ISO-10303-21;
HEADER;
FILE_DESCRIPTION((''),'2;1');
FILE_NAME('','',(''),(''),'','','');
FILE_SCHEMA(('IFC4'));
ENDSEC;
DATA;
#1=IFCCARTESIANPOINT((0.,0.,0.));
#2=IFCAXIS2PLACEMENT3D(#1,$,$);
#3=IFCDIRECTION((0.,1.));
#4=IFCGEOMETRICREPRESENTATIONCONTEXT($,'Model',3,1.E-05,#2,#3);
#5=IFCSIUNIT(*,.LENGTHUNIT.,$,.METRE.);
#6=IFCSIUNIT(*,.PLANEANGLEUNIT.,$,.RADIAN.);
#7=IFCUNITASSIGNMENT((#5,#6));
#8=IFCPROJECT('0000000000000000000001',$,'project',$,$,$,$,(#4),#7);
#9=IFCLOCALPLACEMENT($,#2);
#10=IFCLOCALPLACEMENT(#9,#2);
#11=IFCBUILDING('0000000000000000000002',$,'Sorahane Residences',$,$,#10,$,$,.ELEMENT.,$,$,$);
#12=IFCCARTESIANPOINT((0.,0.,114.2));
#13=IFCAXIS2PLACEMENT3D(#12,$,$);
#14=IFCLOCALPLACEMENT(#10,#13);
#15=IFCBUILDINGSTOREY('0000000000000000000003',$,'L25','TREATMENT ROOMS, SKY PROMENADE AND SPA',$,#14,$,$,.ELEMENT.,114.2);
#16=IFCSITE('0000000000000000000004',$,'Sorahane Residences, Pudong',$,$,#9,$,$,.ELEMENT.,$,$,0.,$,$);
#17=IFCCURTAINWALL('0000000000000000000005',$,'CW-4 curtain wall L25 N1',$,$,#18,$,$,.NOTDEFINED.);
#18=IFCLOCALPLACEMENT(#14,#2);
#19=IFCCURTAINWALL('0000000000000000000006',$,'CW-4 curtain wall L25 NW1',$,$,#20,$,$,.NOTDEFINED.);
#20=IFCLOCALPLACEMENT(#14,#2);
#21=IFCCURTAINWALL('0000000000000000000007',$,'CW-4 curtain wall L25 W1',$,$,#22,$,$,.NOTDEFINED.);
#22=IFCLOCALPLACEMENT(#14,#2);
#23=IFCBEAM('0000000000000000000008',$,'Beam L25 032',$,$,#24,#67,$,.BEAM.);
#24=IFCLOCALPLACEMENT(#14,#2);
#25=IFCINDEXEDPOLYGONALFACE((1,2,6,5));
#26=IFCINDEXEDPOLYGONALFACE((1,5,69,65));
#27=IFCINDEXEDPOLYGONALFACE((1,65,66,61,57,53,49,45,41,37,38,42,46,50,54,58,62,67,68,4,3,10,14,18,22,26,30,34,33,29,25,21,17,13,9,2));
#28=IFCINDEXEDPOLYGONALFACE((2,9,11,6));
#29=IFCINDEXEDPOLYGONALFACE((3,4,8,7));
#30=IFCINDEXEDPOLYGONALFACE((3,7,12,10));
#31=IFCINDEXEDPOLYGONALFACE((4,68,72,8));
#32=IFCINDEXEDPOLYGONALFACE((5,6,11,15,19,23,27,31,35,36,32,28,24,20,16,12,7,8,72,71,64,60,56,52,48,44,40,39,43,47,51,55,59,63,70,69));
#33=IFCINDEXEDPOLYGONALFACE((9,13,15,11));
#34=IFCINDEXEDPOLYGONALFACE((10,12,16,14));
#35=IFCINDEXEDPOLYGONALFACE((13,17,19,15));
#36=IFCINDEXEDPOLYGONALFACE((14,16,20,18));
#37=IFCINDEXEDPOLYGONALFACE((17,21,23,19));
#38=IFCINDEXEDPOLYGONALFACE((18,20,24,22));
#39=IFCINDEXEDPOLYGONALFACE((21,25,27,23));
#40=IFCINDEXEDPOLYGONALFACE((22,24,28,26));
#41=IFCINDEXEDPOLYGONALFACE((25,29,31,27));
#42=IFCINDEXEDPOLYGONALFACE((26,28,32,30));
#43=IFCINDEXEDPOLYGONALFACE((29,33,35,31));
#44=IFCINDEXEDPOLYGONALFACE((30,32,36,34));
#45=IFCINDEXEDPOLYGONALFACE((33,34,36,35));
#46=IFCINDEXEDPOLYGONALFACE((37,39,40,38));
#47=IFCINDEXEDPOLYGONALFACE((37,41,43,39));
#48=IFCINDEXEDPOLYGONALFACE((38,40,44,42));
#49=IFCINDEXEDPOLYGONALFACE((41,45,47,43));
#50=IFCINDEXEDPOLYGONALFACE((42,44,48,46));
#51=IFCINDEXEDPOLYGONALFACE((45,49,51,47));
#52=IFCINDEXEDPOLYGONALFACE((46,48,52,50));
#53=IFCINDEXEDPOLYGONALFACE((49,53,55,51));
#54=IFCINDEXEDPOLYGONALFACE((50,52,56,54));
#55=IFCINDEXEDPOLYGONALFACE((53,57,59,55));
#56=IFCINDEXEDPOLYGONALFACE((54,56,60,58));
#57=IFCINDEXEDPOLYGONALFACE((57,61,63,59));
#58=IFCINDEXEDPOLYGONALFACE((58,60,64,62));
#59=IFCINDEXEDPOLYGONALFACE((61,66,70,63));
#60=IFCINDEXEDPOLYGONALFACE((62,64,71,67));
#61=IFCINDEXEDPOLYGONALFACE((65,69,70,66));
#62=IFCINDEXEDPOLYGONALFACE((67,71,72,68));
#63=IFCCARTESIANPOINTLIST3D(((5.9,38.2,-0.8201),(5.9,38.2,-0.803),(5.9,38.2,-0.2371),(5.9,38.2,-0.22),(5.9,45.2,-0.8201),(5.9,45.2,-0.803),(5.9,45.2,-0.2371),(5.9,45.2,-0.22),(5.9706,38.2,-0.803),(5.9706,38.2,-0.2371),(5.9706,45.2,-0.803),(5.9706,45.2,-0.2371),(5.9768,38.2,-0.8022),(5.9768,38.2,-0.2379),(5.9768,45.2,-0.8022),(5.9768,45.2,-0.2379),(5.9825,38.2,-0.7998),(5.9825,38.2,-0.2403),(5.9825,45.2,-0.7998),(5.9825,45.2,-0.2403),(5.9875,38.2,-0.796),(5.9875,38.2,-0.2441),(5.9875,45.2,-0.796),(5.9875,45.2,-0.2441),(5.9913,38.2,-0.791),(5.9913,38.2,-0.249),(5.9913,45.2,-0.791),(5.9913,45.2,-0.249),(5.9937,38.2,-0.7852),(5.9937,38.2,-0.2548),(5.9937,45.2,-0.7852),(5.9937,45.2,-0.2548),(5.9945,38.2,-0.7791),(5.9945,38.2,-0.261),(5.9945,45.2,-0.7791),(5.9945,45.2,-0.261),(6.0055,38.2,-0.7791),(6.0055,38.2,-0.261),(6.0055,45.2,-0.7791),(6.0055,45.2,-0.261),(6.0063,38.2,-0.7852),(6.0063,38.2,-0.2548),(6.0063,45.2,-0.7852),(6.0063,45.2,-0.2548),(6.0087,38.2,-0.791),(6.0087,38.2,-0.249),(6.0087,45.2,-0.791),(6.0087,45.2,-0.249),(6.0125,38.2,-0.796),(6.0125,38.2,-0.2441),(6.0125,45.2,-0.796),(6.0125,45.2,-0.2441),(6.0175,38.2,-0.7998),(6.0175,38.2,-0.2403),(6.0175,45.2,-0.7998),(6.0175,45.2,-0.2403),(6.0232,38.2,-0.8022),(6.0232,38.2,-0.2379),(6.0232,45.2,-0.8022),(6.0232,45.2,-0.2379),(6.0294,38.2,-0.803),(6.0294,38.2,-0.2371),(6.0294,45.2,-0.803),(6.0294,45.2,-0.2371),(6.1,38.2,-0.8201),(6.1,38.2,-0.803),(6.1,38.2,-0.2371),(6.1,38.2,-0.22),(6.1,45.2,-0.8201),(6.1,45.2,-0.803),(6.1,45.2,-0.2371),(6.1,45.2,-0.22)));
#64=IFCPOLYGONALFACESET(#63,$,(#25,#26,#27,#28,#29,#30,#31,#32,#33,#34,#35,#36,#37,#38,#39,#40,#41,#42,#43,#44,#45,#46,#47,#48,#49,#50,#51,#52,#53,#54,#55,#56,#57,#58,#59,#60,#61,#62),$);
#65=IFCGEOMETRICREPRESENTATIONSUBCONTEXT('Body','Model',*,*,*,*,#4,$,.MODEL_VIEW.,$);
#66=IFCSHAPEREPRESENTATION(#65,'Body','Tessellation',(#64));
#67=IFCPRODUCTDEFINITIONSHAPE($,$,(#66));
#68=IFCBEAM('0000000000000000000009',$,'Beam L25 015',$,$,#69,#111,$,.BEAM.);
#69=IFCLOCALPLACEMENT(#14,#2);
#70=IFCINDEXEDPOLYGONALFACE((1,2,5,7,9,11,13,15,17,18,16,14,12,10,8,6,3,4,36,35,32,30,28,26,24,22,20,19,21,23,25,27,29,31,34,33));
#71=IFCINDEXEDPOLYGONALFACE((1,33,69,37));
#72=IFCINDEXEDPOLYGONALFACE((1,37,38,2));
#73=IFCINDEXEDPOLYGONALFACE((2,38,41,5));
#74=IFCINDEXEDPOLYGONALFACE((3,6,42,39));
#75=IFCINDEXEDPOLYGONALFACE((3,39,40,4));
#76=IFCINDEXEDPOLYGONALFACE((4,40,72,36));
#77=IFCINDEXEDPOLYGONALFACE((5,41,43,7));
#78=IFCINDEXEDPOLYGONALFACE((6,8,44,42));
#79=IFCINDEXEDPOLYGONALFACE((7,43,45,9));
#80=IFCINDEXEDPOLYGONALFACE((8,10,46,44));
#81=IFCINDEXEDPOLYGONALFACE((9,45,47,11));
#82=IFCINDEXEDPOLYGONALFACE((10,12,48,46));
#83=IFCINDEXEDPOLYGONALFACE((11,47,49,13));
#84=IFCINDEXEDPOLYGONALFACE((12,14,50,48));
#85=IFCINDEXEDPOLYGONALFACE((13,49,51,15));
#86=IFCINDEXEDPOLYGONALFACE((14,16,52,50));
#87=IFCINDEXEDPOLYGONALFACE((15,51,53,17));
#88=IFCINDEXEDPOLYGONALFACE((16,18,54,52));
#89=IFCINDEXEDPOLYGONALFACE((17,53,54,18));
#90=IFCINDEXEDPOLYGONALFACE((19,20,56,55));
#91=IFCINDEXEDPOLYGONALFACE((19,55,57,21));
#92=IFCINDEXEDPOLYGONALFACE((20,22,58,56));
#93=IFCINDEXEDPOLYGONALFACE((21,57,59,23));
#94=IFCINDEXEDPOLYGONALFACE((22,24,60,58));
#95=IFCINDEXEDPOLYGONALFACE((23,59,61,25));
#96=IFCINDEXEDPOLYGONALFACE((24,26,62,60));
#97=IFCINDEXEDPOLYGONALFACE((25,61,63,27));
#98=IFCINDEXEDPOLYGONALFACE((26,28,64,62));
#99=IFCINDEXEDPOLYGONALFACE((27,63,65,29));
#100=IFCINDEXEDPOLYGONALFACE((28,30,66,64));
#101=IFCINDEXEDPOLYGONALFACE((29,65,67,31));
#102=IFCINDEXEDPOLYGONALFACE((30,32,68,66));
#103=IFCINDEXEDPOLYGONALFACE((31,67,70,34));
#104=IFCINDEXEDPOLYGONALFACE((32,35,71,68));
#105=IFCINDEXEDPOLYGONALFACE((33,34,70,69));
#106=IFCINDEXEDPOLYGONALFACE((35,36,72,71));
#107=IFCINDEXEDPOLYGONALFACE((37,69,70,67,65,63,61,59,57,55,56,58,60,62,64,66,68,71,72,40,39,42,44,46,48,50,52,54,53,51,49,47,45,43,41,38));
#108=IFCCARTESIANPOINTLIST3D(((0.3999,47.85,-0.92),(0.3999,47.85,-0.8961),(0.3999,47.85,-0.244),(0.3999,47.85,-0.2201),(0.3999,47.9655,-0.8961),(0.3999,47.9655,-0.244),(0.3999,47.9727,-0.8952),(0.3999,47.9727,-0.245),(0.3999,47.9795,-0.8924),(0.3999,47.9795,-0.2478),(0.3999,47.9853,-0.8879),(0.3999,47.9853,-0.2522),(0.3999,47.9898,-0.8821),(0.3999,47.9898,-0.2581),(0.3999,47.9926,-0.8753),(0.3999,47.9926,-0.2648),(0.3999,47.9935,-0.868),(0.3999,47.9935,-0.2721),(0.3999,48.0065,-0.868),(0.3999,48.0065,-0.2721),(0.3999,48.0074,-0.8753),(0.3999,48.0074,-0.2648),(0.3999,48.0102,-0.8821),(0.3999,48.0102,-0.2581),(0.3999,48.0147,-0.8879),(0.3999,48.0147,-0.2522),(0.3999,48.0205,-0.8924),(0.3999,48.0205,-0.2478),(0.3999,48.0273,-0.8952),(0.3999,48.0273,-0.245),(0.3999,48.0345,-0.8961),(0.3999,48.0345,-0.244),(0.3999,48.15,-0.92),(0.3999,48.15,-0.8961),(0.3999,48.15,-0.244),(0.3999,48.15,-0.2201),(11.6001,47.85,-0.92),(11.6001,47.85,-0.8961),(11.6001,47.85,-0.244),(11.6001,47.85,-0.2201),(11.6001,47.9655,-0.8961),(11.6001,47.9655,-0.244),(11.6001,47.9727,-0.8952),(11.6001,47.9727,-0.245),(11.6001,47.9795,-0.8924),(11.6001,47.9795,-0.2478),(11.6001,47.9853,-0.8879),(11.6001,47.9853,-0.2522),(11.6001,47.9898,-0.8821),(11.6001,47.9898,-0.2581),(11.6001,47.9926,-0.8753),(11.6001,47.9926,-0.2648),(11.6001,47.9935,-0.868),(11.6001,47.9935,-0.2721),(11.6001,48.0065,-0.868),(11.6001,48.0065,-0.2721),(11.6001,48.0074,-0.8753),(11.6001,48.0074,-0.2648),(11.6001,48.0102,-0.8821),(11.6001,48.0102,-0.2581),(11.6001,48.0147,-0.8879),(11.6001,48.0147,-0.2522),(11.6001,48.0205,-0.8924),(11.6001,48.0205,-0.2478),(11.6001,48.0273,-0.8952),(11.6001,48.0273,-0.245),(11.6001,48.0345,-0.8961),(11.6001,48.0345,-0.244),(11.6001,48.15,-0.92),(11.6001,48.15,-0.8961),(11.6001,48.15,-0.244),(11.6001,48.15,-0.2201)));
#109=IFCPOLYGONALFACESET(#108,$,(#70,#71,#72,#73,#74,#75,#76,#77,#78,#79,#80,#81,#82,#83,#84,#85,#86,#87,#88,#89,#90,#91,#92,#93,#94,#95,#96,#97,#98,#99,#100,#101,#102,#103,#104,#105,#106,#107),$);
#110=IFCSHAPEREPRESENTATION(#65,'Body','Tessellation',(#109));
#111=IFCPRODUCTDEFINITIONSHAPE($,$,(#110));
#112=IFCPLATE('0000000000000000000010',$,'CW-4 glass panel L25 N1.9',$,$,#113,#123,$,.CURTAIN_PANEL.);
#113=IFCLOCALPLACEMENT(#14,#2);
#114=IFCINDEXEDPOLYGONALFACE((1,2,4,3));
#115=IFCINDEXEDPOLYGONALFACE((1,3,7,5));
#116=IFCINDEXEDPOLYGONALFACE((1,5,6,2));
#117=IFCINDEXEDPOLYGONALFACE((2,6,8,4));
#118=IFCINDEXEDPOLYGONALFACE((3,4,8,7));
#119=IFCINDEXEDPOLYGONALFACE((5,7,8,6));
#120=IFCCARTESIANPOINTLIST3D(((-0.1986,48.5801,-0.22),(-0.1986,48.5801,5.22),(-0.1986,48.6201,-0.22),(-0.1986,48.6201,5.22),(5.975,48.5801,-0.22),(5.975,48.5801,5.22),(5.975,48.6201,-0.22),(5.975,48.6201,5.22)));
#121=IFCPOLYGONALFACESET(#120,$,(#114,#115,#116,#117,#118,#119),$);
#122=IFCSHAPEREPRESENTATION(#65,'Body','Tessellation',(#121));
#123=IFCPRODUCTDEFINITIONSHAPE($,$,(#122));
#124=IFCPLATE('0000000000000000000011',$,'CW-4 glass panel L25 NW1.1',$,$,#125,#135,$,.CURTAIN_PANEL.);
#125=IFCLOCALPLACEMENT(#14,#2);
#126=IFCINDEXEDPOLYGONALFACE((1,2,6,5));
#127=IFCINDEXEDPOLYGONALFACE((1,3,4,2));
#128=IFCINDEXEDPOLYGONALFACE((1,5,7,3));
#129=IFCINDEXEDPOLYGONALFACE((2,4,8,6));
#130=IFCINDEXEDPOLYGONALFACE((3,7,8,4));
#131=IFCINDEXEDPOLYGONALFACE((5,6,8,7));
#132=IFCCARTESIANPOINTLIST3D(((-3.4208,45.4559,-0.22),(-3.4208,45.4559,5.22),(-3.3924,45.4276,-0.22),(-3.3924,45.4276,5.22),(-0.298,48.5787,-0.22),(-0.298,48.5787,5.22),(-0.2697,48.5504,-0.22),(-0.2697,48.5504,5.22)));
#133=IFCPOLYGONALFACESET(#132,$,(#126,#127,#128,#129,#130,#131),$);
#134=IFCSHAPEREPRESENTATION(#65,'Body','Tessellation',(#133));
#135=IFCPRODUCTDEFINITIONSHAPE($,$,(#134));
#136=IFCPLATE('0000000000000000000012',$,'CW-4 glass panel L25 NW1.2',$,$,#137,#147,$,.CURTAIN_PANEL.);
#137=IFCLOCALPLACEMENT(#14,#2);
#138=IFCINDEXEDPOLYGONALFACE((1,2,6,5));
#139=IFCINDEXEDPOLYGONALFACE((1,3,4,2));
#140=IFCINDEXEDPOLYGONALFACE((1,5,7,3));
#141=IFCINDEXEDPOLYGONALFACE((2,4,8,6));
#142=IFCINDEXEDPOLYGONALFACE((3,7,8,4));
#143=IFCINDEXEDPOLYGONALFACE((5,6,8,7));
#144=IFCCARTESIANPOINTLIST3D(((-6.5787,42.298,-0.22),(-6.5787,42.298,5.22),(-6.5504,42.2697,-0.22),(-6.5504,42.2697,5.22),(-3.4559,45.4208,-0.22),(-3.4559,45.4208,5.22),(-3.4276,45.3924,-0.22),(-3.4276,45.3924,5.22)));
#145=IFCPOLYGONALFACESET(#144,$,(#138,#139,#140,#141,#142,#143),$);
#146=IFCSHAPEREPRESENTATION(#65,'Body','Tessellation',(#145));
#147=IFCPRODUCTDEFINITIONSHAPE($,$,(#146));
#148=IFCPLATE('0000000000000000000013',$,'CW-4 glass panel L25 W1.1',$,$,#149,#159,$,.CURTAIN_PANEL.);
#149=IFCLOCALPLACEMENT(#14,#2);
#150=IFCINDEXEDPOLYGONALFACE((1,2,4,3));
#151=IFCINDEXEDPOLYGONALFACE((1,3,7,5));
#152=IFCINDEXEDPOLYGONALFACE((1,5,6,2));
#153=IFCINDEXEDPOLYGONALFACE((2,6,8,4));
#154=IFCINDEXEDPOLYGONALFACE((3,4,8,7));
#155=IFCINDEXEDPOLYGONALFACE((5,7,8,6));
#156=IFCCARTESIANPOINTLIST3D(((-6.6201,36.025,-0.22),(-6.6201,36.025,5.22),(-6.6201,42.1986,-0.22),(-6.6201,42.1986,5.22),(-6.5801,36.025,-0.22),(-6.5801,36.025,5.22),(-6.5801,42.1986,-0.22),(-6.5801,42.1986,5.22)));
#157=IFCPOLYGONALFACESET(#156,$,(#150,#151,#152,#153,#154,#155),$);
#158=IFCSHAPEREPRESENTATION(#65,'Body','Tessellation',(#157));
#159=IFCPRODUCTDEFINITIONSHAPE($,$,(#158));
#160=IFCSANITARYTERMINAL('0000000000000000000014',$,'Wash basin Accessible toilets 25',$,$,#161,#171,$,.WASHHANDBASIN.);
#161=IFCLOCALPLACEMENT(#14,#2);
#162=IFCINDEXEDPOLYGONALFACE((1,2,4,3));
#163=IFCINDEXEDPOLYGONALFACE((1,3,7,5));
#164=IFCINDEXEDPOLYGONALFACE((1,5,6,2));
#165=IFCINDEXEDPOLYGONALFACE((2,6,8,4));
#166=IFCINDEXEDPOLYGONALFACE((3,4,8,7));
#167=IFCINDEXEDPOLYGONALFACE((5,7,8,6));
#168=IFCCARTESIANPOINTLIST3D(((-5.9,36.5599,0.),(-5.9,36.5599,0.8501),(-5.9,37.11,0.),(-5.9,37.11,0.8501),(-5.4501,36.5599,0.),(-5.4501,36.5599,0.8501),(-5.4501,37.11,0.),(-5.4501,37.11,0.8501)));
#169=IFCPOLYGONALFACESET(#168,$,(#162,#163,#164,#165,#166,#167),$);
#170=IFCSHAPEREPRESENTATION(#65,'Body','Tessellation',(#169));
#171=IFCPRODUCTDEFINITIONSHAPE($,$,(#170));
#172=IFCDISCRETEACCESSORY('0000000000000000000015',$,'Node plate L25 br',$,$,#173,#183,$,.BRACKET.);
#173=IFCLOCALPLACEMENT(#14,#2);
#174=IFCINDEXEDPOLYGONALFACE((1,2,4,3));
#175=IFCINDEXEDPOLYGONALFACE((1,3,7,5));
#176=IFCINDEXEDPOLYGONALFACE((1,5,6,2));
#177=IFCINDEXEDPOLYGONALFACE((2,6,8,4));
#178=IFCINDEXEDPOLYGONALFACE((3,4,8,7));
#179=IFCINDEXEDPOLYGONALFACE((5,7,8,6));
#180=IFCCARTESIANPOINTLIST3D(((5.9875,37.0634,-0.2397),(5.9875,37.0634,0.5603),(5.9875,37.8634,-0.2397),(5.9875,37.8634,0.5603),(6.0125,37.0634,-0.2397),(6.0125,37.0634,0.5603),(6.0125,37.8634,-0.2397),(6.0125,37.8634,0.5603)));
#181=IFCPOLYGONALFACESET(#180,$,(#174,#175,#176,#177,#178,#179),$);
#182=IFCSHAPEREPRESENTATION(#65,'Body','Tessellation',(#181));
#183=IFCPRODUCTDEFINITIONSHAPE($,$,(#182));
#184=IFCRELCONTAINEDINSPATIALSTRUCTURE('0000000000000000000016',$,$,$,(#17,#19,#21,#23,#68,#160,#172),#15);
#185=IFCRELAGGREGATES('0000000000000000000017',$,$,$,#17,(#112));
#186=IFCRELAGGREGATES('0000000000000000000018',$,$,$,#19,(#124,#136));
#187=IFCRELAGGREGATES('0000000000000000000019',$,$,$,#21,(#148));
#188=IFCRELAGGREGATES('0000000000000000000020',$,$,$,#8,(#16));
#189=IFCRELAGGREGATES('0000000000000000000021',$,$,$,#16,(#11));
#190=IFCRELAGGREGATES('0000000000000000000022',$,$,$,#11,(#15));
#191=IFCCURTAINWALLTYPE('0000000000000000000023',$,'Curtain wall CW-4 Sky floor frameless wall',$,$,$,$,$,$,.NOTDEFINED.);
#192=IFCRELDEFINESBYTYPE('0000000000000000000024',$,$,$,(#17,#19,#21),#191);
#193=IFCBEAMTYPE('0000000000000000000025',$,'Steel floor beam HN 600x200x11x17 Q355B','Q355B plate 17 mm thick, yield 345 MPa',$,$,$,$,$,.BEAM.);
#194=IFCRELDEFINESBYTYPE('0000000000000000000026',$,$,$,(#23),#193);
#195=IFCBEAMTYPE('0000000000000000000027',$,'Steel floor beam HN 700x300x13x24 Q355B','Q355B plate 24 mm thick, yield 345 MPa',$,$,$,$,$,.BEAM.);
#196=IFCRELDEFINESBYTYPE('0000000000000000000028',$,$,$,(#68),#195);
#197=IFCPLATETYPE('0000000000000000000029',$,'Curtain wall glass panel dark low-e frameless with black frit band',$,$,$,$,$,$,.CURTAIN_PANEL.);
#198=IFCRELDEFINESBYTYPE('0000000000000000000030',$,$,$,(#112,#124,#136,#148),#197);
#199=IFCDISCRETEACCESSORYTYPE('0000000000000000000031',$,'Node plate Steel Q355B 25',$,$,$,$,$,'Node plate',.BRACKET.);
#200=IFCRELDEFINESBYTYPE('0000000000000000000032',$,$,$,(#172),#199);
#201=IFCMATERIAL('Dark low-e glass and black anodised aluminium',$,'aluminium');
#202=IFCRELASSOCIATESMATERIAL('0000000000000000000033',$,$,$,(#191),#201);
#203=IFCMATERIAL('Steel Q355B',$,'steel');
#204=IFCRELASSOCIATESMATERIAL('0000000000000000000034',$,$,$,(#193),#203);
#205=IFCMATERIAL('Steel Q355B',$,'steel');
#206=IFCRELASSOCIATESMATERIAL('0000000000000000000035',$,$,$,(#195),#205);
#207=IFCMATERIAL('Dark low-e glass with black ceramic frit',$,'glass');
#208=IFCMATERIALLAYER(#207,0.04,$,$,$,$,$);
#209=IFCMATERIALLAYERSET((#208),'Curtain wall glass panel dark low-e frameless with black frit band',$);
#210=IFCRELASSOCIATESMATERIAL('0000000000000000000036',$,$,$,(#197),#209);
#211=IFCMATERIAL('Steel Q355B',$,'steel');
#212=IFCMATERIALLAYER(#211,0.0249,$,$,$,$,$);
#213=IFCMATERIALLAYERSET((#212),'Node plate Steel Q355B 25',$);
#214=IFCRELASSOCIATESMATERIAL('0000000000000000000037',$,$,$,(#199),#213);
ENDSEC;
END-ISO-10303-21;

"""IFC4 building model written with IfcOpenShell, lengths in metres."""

from ifc_helpers import new_model, si_unit, direction, frame, origin, origin_2d, place, context, subcontext, project, spatial, rectangle, i_section, extrude, material, layer, layer_set, material_profile, profile_set, type_object, element, aggregate, save


model = new_model("IFC4")

# Units and contexts
model_context = context("Model", 3, precision=1e-05, world=origin(), true_north=direction((0.0, 1.0)))
body_context = subcontext(model_context, "Body", "Model", "MODEL_VIEW")
ifc_project = project(units=[si_unit("LENGTHUNIT", "METRE"), si_unit("PLANEANGLEUNIT", "RADIAN")], contexts=[model_context])

# Site, building, storey
site_placement = place(None, origin())
site = spatial("IfcSite", under=ifc_project, at=site_placement, Name="Sorahane Residences, Pudong", CompositionType="ELEMENT", RefElevation=0.0)
building_placement = place(site_placement, origin())
building = spatial("IfcBuilding", under=site, at=building_placement, Name="Sorahane Residences", CompositionType="ELEMENT")
storey_placement = place(building_placement, frame((0.0, 0.0, 114.2)))
storey = spatial("IfcBuildingStorey", under=building, at=storey_placement, Name="L25", Description="TREATMENT ROOMS, SKY PROMENADE AND SPA", CompositionType="ELEMENT", Elevation=114.2)

# Curtain walls
ifc_material_1 = material(Name="Dark low-e glass and black anodised aluminium", Category="aluminium")
curtain_wall_type = type_object("IfcCurtainWallType", Name="Curtain wall CW-4 Sky floor frameless wall", PredefinedType="NOTDEFINED", material=ifc_material_1)
curtain_wall_1_placement = place(storey_placement, origin())
curtain_wall_1 = element("IfcCurtainWall", 1, at=curtain_wall_1_placement, inside=storey, type_object=curtain_wall_type, Name="CW-4 curtain wall L25 N1", PredefinedType="NOTDEFINED")
curtain_wall_2_placement = place(storey_placement, origin())
curtain_wall_2 = element("IfcCurtainWall", 2, at=curtain_wall_2_placement, inside=storey, type_object=curtain_wall_type, Name="CW-4 curtain wall L25 NW1", PredefinedType="NOTDEFINED")

# Curtain wall
curtain_wall_3_placement = place(storey_placement, origin())
curtain_wall_3 = element("IfcCurtainWall", 3, at=curtain_wall_3_placement, inside=storey, type_object=curtain_wall_type, Name="CW-4 curtain wall L25 W1", PredefinedType="NOTDEFINED")

# Beams
ifc_material_2 = material(Name="Steel Q355B", Category="steel")
ifc_material_profile_1 = material_profile(ifc_material_2, i_section(OverallWidth=0.2, OverallDepth=0.6001, WebThickness=0.011, FlangeThickness=0.0171, FilletRadius=0.0239, at=origin_2d()), Name="HN 600x200x11x17")
ifc_profile_set_1 = profile_set([ifc_material_profile_1], Name="Steel Q355B")
beam_type_1 = type_object("IfcBeamType", Name="Steel floor beam HN 600x200x11x17 Q355B", Description="Q355B plate 17 mm thick, yield 345 MPa", PredefinedType="BEAM", material=ifc_profile_set_1)
beam_1_placement = place(storey_placement, frame((6.0, 38.2, -0.52), z_axis=(0.0, 1.0, 0.0), x_axis=(-1.0, 0.0, 0.0)))
element("IfcBeam", 4, at=beam_1_placement, inside=storey, type_object=beam_type_1, Name="Beam L25 032", PredefinedType="BEAM", context=body_context, shape_type="SweptSolid", body=[
    extrude(i_section(OverallWidth=0.2, OverallDepth=0.6001, WebThickness=0.011, FlangeThickness=0.0171, FilletRadius=0.0239, at=origin_2d()), origin(), (0.0, 0.0, 1.0), 7.0),
])
ifc_material_3 = material(Name="Steel Q355B", Category="steel")
ifc_material_profile_2 = material_profile(ifc_material_3, i_section(OverallWidth=0.3, OverallDepth=0.7, WebThickness=0.0129, FlangeThickness=0.0239, FilletRadius=0.0281, at=origin_2d()), Name="HN 700x300x13x24")
ifc_profile_set_2 = profile_set([ifc_material_profile_2], Name="Steel Q355B")
beam_type_2 = type_object("IfcBeamType", Name="Steel floor beam HN 700x300x13x24 Q355B", Description="Q355B plate 24 mm thick, yield 345 MPa", PredefinedType="BEAM", material=ifc_profile_set_2)
beam_2_placement = place(storey_placement, frame((0.3999, 48.0, -0.5701), z_axis=(1.0, 0.0, 0.0), x_axis=(0.0, 1.0, 0.0)))
element("IfcBeam", 5, at=beam_2_placement, inside=storey, type_object=beam_type_2, Name="Beam L25 015", PredefinedType="BEAM", context=body_context, shape_type="SweptSolid", body=[
    extrude(i_section(OverallWidth=0.3, OverallDepth=0.7, WebThickness=0.0129, FlangeThickness=0.0239, FilletRadius=0.0281, at=origin_2d()), origin(), (0.0, 0.0, 1.0), 11.2002),
])

# Plates
ifc_material_4 = material(Name="Dark low-e glass with black ceramic frit", Category="glass")
ifc_layer_1 = layer(ifc_material_4, 0.04)
ifc_layer_set_1 = layer_set([ifc_layer_1], Name="Curtain wall glass panel dark low-e frameless with black frit band")
plate_type = type_object("IfcPlateType", Name="Curtain wall glass panel dark low-e frameless with black frit band", PredefinedType="CURTAIN_PANEL", material=ifc_layer_set_1)
plate_1_placement = place(storey_placement, frame((2.8882, 48.6001, -0.22), z_axis=(0.0, 0.0, 1.0), x_axis=(-1.0, 0.0, 0.0)))
plate_1 = element("IfcPlate", 6, at=plate_1_placement, type_object=plate_type, Name="CW-4 glass panel L25 N1.9", PredefinedType="CURTAIN_PANEL", context=body_context, shape_type="SweptSolid", body=[
    extrude(rectangle(XDim=6.1736, YDim=0.04, at=origin_2d()), origin(), (0.0, 0.0, 1.0), 5.4399),
])
aggregate(curtain_wall_1, [plate_1])
plate_2_placement = place(storey_placement, frame((-1.8452, 47.0032, -0.22), z_axis=(0.0, 0.0, 1.0), x_axis=(-0.707107, -0.707107, 0.0)))
plate_2 = element("IfcPlate", 7, at=plate_2_placement, type_object=plate_type, Name="CW-4 glass panel L25 NW1.1", PredefinedType="CURTAIN_PANEL", context=body_context, shape_type="SweptSolid", body=[
    extrude(rectangle(XDim=4.4163, YDim=0.04, at=origin_2d()), origin(), (0.0, 0.0, 1.0), 5.4399),
])
plate_3_placement = place(storey_placement, frame((-5.0032, 43.8452, -0.22), z_axis=(0.0, 0.0, 1.0), x_axis=(-0.707107, -0.707107, 0.0)))
plate_3 = element("IfcPlate", 8, at=plate_3_placement, type_object=plate_type, Name="CW-4 glass panel L25 NW1.2", PredefinedType="CURTAIN_PANEL", context=body_context, shape_type="SweptSolid", body=[
    extrude(rectangle(XDim=4.4163, YDim=0.04, at=origin_2d()), origin(), (0.0, 0.0, 1.0), 5.4399),
])
aggregate(curtain_wall_2, [plate_2, plate_3])
plate_4_placement = place(storey_placement, frame((-6.6001, 39.1118, -0.22), z_axis=(0.0, 0.0, 1.0), x_axis=(0.0, -1.0, 0.0)))
plate_4 = element("IfcPlate", 9, at=plate_4_placement, type_object=plate_type, Name="CW-4 glass panel L25 W1.1", PredefinedType="CURTAIN_PANEL", context=body_context, shape_type="SweptSolid", body=[
    extrude(rectangle(XDim=6.1736, YDim=0.04, at=origin_2d()), origin(), (0.0, 0.0, 1.0), 5.4399),
])
aggregate(curtain_wall_3, [plate_4])

# Sanitary terminal
sanitary_terminal_placement = place(storey_placement, frame((-5.675, 36.835, 0.0), z_axis=(0.0, 0.0, 1.0), x_axis=(0.0, 1.0, 0.0)))
element("IfcSanitaryTerminal", 10, at=sanitary_terminal_placement, inside=storey, Name="Wash basin Accessible toilets 25", PredefinedType="WASHHANDBASIN", context=body_context, shape_type="SweptSolid", body=[
    extrude(rectangle(XDim=0.55, YDim=0.45, at=origin_2d()), origin(), (0.0, 0.0, 1.0), 0.8501),
])

# Discrete accessory
ifc_material_5 = material(Name="Steel Q355B", Category="steel")
ifc_layer_2 = layer(ifc_material_5, 0.0249)
ifc_layer_set_2 = layer_set([ifc_layer_2], Name="Node plate Steel Q355B 25")
discrete_accessory_type = type_object("IfcDiscreteAccessoryType", Name="Node plate Steel Q355B 25", ElementType="Node plate", PredefinedType="BRACKET", material=ifc_layer_set_2)
discrete_accessory_placement = place(storey_placement, frame((6.0, 37.4634, -0.2397), z_axis=(0.0, 0.0, 1.0), x_axis=(0.0, 1.0, 0.0)))
element("IfcDiscreteAccessory", 11, at=discrete_accessory_placement, inside=storey, type_object=discrete_accessory_type, Name="Node plate L25 br", PredefinedType="BRACKET", context=body_context, shape_type="SweptSolid", body=[
    extrude(rectangle(XDim=0.8, YDim=0.0249, at=origin_2d()), origin(), (0.0, 0.0, 1.0), 0.8),
])

save(model, "model.ifc")
